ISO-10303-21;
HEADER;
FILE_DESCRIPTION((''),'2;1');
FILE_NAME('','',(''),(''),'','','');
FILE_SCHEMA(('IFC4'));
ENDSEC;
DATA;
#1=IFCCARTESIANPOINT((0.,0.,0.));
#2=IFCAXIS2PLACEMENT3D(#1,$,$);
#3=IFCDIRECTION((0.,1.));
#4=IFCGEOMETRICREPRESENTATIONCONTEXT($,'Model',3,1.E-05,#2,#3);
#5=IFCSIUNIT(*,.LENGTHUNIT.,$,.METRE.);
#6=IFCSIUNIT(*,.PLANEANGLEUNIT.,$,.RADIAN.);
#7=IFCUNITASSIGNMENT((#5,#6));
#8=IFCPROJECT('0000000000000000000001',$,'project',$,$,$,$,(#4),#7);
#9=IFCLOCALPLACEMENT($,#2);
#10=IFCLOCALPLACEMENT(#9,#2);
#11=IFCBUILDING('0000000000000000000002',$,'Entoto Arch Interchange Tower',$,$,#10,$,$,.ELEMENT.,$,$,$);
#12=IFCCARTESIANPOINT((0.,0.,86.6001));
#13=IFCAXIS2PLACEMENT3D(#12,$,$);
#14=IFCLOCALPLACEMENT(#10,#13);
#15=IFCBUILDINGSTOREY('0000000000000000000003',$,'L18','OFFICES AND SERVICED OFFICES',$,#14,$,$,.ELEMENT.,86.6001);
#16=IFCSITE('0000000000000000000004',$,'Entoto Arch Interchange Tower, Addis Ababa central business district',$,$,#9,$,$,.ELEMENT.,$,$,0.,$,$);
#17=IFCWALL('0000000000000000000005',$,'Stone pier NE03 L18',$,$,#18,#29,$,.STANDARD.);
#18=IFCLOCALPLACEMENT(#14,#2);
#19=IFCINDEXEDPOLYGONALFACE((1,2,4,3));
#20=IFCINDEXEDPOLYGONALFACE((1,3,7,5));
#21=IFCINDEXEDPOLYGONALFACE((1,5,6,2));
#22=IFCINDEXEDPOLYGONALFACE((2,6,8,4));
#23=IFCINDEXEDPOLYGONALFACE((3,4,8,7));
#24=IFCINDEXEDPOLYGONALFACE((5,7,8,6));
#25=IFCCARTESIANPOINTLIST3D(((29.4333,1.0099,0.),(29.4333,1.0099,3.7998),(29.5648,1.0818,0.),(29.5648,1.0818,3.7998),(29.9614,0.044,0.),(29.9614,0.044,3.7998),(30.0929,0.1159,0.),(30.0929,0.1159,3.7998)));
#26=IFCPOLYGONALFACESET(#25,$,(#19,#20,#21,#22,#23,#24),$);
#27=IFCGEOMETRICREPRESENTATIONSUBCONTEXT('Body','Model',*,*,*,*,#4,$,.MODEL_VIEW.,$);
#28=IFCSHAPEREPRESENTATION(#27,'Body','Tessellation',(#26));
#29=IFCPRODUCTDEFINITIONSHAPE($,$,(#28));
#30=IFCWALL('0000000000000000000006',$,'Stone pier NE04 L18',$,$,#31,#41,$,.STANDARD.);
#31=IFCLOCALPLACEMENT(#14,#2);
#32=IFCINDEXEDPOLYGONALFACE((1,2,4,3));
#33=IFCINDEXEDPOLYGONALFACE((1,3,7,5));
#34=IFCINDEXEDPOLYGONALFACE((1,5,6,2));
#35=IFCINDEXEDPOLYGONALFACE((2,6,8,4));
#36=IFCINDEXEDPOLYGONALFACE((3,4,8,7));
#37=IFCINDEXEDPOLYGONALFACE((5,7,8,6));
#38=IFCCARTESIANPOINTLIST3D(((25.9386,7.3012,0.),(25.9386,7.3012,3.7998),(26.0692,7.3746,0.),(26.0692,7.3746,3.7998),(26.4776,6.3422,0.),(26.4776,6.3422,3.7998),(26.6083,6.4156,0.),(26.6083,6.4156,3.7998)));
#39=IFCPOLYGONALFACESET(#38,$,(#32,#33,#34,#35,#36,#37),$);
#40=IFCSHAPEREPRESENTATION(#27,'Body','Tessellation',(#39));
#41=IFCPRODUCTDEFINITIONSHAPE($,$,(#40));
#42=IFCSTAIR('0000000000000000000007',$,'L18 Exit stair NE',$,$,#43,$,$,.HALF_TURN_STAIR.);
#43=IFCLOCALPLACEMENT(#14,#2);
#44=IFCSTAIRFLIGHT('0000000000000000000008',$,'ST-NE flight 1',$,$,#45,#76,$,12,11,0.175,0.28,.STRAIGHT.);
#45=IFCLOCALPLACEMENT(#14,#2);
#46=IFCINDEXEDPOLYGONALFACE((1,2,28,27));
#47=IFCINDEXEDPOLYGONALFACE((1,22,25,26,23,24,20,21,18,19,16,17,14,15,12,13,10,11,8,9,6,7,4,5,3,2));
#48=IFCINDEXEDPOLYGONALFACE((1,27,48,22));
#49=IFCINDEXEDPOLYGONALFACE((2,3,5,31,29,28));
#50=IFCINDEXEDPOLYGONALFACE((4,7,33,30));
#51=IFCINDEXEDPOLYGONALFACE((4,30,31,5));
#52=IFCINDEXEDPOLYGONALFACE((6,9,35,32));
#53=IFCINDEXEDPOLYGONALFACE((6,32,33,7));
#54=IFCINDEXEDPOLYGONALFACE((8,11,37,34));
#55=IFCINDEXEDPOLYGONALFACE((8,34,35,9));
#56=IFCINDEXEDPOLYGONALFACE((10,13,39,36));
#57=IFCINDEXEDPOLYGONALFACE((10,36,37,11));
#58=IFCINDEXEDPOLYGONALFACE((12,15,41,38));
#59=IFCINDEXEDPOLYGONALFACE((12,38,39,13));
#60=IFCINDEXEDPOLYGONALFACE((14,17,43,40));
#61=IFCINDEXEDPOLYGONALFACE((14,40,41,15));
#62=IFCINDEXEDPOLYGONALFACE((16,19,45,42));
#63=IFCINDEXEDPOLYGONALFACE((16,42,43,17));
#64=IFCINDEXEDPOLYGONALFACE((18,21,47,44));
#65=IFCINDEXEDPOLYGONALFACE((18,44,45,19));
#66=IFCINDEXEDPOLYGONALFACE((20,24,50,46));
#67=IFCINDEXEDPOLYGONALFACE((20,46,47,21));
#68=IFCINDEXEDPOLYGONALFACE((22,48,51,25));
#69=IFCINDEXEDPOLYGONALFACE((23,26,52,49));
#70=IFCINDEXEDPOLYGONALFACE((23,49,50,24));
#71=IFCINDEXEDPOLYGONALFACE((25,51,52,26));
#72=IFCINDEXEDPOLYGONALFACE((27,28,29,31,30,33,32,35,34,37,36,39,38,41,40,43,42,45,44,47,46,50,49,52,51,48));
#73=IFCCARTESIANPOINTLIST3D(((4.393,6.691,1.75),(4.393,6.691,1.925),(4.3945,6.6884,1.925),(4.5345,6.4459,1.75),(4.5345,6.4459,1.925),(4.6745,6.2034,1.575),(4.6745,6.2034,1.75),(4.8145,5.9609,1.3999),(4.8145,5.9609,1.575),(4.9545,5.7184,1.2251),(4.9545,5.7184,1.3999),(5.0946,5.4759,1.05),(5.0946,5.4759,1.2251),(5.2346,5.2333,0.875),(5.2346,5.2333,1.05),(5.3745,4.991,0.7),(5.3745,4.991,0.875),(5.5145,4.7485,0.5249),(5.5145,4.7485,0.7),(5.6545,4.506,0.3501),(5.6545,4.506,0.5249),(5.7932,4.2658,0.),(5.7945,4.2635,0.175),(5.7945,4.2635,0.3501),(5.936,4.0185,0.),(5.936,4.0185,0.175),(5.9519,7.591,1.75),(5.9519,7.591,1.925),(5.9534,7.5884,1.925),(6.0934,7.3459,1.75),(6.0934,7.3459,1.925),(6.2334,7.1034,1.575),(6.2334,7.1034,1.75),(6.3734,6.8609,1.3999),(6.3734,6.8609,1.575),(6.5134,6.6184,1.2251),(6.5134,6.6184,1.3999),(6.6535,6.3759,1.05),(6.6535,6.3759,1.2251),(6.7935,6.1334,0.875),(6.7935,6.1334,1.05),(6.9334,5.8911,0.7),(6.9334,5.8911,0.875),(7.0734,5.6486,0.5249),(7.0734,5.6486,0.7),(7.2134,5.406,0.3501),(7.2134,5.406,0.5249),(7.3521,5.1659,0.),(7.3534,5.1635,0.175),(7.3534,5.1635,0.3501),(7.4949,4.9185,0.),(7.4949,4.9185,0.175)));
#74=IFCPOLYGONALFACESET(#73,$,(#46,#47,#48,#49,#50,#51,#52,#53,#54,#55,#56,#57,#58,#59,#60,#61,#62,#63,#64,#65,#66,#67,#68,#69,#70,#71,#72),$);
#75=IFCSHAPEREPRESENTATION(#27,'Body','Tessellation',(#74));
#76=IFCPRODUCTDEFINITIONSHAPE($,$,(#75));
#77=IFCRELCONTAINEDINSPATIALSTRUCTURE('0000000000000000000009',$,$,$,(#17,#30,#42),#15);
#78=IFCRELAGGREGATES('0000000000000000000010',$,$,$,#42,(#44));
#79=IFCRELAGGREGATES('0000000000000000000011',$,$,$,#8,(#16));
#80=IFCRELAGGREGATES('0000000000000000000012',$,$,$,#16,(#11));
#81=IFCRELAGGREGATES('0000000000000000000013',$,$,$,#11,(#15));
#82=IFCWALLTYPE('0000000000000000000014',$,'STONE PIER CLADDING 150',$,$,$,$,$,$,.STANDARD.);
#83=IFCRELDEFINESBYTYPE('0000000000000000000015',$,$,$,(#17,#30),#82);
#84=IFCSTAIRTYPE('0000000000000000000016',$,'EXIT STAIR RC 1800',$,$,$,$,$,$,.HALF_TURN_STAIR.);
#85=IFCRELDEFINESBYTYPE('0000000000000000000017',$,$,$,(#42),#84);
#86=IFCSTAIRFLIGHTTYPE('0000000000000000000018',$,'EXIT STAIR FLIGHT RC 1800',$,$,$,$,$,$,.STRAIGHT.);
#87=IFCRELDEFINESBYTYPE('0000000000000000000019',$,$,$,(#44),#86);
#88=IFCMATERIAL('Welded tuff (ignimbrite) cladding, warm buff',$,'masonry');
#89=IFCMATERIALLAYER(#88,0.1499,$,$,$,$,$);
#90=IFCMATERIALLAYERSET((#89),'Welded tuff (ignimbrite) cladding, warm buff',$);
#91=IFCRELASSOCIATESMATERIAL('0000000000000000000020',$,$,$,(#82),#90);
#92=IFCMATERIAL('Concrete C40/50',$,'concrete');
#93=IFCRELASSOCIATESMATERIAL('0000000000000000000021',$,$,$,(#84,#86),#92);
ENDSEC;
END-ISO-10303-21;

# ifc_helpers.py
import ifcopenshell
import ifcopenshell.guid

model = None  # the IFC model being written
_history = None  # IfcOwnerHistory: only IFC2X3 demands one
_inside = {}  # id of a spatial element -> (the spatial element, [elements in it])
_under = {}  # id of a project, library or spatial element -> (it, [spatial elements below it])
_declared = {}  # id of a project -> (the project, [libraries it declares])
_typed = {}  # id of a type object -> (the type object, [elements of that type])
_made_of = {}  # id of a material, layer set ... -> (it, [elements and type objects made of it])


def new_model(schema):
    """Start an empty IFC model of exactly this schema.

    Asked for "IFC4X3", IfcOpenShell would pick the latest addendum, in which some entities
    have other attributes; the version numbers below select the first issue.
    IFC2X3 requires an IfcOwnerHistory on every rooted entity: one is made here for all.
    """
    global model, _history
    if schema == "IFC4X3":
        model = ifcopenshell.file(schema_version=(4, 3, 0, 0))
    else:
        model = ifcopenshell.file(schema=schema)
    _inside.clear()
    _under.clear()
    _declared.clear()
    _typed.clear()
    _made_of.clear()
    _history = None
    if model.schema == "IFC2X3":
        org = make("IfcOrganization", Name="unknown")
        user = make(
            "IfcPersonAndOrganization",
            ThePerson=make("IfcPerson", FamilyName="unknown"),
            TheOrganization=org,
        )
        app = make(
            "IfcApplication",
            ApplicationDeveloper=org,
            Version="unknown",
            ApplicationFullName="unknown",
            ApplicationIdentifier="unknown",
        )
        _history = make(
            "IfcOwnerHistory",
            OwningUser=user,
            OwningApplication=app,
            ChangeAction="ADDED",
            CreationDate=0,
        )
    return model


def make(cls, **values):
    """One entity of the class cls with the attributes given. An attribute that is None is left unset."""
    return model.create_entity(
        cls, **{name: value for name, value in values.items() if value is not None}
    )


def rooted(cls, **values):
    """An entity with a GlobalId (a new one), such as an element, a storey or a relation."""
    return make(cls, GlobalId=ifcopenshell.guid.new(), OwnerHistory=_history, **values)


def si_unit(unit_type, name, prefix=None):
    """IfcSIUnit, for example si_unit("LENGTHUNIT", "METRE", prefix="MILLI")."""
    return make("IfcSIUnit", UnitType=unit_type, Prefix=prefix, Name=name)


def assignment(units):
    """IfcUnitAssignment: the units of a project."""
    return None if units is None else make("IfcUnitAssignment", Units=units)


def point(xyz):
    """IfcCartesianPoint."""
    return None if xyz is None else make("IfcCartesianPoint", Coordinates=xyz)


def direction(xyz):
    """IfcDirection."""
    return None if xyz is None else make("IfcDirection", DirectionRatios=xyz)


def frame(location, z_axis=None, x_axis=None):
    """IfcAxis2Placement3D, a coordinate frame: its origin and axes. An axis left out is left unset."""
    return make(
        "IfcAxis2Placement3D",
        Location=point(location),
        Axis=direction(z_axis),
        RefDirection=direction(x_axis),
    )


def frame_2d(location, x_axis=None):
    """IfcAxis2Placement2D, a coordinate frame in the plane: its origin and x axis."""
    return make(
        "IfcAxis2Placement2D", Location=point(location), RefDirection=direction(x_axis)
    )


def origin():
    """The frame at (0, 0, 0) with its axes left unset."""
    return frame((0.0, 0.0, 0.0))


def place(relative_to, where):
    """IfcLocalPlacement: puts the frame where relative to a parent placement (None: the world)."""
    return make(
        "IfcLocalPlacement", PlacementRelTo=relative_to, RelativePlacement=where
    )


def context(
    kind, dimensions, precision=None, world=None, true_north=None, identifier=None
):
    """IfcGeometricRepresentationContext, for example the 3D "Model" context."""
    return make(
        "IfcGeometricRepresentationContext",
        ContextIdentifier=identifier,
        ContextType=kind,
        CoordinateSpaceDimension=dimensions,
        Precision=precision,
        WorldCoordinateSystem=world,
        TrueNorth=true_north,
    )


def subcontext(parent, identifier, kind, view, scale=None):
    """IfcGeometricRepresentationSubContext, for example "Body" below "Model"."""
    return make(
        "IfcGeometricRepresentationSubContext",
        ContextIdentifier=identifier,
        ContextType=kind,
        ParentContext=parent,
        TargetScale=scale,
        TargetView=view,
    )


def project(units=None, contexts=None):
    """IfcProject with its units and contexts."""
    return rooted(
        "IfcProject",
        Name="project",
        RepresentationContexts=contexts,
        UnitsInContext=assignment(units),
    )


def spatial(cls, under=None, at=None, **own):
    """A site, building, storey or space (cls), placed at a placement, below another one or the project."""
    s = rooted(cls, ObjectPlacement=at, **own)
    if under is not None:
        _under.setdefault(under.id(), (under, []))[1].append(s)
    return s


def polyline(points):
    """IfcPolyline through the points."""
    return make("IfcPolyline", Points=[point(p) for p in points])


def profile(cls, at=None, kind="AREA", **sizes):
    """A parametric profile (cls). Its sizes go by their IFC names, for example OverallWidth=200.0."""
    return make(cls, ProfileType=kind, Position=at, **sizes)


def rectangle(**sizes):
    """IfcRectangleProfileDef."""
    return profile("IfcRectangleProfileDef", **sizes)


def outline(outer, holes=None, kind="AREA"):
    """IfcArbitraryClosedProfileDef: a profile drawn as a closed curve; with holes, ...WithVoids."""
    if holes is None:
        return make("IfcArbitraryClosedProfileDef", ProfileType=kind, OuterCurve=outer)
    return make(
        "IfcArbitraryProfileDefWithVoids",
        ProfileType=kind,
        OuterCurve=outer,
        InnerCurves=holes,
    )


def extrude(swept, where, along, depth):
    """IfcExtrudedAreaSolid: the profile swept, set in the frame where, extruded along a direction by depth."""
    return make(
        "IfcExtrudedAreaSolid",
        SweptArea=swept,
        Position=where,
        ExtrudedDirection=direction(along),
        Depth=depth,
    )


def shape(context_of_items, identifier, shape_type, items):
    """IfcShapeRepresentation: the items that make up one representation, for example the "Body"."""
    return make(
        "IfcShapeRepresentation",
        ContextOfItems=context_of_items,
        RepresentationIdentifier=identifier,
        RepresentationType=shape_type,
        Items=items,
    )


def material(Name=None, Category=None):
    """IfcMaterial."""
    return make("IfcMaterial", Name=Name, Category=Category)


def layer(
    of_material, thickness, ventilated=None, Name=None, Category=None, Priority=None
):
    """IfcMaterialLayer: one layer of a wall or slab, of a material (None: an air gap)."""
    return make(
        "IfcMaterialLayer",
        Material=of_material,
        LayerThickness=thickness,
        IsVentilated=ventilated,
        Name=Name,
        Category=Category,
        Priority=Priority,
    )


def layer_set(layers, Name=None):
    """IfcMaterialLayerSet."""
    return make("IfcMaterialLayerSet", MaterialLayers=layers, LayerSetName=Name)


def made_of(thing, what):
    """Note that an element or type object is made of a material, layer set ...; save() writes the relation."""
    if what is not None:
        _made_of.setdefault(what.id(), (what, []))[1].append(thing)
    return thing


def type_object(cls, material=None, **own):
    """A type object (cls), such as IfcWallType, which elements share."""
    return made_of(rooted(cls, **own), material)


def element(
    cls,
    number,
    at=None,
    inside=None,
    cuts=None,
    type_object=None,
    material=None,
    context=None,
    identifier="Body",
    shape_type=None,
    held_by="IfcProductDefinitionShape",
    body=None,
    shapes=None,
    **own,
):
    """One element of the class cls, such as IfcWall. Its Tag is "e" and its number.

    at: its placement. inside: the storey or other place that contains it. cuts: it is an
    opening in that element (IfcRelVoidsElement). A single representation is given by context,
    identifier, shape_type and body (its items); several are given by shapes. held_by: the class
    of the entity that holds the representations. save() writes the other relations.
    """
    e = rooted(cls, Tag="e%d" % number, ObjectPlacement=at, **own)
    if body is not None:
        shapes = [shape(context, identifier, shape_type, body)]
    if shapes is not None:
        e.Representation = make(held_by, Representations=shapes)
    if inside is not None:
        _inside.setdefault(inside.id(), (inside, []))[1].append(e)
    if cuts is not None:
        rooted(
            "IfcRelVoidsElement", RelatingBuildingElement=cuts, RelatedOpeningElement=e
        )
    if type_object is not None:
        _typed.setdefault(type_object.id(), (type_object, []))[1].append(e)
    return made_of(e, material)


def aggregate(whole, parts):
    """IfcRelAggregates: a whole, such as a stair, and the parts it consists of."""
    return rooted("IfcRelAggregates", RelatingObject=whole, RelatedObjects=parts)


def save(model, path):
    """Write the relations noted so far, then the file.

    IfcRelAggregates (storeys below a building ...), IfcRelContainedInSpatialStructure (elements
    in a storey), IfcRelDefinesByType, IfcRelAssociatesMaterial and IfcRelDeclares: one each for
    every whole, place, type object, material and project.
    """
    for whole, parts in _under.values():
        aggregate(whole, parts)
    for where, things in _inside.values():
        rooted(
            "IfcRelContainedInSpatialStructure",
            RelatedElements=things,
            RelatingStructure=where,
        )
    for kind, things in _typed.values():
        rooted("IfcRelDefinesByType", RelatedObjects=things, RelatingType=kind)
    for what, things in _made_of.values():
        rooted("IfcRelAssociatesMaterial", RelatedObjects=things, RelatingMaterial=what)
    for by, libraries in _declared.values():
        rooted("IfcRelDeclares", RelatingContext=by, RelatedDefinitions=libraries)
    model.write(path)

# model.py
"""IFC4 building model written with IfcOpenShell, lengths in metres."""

from ifc_helpers import new_model, si_unit, direction, frame, frame_2d, origin, place, context, subcontext, project, spatial, polyline, rectangle, outline, extrude, material, layer, layer_set, type_object, element, aggregate, save


model = new_model("IFC4")

# Units and contexts
model_context = context("Model", 3, precision=1e-05, world=origin(), true_north=direction((0.0, 1.0)))
body_context = subcontext(model_context, "Body", "Model", "MODEL_VIEW")
ifc_project = project(units=[si_unit("LENGTHUNIT", "METRE"), si_unit("PLANEANGLEUNIT", "RADIAN")], contexts=[model_context])

# Site, building, storey
site_placement = place(None, origin())
site = spatial("IfcSite", under=ifc_project, at=site_placement, Name="Entoto Arch Interchange Tower, Addis Ababa central business district", CompositionType="ELEMENT", RefElevation=0.0)
building_placement = place(site_placement, origin())
building = spatial("IfcBuilding", under=site, at=building_placement, Name="Entoto Arch Interchange Tower", CompositionType="ELEMENT")
storey_placement = place(building_placement, frame((0.0, 0.0, 86.6001)))
storey = spatial("IfcBuildingStorey", under=building, at=storey_placement, Name="L18", Description="OFFICES AND SERVICED OFFICES", CompositionType="ELEMENT", Elevation=86.6001)

# Shared definitions
ifc_material_1 = material(Name="Concrete C40/50", Category="concrete")

# Shared definitions
ifc_material_2 = material(Name="Welded tuff (ignimbrite) cladding, warm buff", Category="masonry")

# Walls
ifc_layer_1 = layer(ifc_material_2, 0.1499)
ifc_layer_set_1 = layer_set([ifc_layer_1], Name="Welded tuff (ignimbrite) cladding, warm buff")
wall_type_1 = type_object("IfcWallType", Name="STONE PIER CLADDING 150", PredefinedType="STANDARD", material=ifc_layer_set_1)
wall_1_placement = place(storey_placement, frame((30.0271, 0.0801, 0.0), z_axis=(0.0, 0.0, 1.0), x_axis=(-0.479738, 0.877412, 0.0)))
element("IfcWall", 1, at=wall_1_placement, inside=storey, type_object=wall_type_1, Name="Stone pier NE03 L18", PredefinedType="STANDARD", context=body_context, shape_type="SweptSolid", body=[
    extrude(rectangle(XDim=1.1008, YDim=0.1499, at=frame_2d((0.5503, 0.0))), origin(), (0.0, 0.0, 1.0), 3.7998),
])
wall_2_placement = place(storey_placement, frame((26.543, 6.3789, 0.0), z_axis=(0.0, 0.0, 1.0), x_axis=(-0.490008, 0.871718, 0.0)))
element("IfcWall", 2, at=wall_2_placement, inside=storey, type_object=wall_type_1, Name="Stone pier NE04 L18", PredefinedType="STANDARD", context=body_context, shape_type="SweptSolid", body=[
    extrude(rectangle(XDim=1.1001, YDim=0.1499, at=frame_2d((0.55, 0.0))), origin(), (0.0, 0.0, 1.0), 3.7998),
])

# Stair, stair flight
stair_type = type_object("IfcStairType", Name="EXIT STAIR RC 1800", PredefinedType="HALF_TURN_STAIR", material=ifc_material_1)
stair_placement = place(storey_placement, origin())
stair = element("IfcStair", 3, at=stair_placement, inside=storey, type_object=stair_type, Name="L18 Exit stair NE", PredefinedType="HALF_TURN_STAIR")
stair_flight_type = type_object("IfcStairFlightType", Name="EXIT STAIR FLIGHT RC 1800", PredefinedType="STRAIGHT", material=ifc_material_1)
stair_flight_placement = place(storey_placement, frame((6.7139, 4.4709, 0.0), z_axis=(0.0, 0.0, 1.0), x_axis=(-0.5, 0.866025, 0.0)))
stair_flight = element("IfcStairFlight", 4, at=stair_flight_placement, type_object=stair_flight_type, Name="ST-NE flight 1", NumberOfRisers=12, NumberOfTreads=11, PredefinedType="STRAIGHT", RiserHeight=0.175, TreadLength=0.28, context=body_context, shape_type="SweptSolid", body=[
    extrude(outline(polyline([(-0.0029, 0.0), (-0.0029, 0.175), (0.28, 0.175), (0.28, 0.3501), (0.5601, 0.3501), (0.5601, 0.5249), (0.8401, 0.5249), (0.8401, 0.7), (1.1201, 0.7), (1.1201, 0.875), (1.3999, 0.875), (1.3999, 1.05), (1.6799, 1.05), (1.6799, 1.2251), (1.96, 1.2251), (1.96, 1.3999), (2.24, 1.3999), (2.24, 1.575), (2.52, 1.575), (2.52, 1.75), (2.8, 1.75), (2.8, 1.925), (3.0801, 1.925), (3.083, 1.925), (3.083, 1.75), (0.2827, 0.0), (-0.0029, 0.0)])), frame((0.0, 0.8999, 0.0), z_axis=(0.0, -1.0, 0.0), x_axis=(1.0, 0.0, 0.0)), (0.0, 0.0, 1.0), 1.8),
])
aggregate(stair, [stair_flight])

save(model, "model.ifc")
